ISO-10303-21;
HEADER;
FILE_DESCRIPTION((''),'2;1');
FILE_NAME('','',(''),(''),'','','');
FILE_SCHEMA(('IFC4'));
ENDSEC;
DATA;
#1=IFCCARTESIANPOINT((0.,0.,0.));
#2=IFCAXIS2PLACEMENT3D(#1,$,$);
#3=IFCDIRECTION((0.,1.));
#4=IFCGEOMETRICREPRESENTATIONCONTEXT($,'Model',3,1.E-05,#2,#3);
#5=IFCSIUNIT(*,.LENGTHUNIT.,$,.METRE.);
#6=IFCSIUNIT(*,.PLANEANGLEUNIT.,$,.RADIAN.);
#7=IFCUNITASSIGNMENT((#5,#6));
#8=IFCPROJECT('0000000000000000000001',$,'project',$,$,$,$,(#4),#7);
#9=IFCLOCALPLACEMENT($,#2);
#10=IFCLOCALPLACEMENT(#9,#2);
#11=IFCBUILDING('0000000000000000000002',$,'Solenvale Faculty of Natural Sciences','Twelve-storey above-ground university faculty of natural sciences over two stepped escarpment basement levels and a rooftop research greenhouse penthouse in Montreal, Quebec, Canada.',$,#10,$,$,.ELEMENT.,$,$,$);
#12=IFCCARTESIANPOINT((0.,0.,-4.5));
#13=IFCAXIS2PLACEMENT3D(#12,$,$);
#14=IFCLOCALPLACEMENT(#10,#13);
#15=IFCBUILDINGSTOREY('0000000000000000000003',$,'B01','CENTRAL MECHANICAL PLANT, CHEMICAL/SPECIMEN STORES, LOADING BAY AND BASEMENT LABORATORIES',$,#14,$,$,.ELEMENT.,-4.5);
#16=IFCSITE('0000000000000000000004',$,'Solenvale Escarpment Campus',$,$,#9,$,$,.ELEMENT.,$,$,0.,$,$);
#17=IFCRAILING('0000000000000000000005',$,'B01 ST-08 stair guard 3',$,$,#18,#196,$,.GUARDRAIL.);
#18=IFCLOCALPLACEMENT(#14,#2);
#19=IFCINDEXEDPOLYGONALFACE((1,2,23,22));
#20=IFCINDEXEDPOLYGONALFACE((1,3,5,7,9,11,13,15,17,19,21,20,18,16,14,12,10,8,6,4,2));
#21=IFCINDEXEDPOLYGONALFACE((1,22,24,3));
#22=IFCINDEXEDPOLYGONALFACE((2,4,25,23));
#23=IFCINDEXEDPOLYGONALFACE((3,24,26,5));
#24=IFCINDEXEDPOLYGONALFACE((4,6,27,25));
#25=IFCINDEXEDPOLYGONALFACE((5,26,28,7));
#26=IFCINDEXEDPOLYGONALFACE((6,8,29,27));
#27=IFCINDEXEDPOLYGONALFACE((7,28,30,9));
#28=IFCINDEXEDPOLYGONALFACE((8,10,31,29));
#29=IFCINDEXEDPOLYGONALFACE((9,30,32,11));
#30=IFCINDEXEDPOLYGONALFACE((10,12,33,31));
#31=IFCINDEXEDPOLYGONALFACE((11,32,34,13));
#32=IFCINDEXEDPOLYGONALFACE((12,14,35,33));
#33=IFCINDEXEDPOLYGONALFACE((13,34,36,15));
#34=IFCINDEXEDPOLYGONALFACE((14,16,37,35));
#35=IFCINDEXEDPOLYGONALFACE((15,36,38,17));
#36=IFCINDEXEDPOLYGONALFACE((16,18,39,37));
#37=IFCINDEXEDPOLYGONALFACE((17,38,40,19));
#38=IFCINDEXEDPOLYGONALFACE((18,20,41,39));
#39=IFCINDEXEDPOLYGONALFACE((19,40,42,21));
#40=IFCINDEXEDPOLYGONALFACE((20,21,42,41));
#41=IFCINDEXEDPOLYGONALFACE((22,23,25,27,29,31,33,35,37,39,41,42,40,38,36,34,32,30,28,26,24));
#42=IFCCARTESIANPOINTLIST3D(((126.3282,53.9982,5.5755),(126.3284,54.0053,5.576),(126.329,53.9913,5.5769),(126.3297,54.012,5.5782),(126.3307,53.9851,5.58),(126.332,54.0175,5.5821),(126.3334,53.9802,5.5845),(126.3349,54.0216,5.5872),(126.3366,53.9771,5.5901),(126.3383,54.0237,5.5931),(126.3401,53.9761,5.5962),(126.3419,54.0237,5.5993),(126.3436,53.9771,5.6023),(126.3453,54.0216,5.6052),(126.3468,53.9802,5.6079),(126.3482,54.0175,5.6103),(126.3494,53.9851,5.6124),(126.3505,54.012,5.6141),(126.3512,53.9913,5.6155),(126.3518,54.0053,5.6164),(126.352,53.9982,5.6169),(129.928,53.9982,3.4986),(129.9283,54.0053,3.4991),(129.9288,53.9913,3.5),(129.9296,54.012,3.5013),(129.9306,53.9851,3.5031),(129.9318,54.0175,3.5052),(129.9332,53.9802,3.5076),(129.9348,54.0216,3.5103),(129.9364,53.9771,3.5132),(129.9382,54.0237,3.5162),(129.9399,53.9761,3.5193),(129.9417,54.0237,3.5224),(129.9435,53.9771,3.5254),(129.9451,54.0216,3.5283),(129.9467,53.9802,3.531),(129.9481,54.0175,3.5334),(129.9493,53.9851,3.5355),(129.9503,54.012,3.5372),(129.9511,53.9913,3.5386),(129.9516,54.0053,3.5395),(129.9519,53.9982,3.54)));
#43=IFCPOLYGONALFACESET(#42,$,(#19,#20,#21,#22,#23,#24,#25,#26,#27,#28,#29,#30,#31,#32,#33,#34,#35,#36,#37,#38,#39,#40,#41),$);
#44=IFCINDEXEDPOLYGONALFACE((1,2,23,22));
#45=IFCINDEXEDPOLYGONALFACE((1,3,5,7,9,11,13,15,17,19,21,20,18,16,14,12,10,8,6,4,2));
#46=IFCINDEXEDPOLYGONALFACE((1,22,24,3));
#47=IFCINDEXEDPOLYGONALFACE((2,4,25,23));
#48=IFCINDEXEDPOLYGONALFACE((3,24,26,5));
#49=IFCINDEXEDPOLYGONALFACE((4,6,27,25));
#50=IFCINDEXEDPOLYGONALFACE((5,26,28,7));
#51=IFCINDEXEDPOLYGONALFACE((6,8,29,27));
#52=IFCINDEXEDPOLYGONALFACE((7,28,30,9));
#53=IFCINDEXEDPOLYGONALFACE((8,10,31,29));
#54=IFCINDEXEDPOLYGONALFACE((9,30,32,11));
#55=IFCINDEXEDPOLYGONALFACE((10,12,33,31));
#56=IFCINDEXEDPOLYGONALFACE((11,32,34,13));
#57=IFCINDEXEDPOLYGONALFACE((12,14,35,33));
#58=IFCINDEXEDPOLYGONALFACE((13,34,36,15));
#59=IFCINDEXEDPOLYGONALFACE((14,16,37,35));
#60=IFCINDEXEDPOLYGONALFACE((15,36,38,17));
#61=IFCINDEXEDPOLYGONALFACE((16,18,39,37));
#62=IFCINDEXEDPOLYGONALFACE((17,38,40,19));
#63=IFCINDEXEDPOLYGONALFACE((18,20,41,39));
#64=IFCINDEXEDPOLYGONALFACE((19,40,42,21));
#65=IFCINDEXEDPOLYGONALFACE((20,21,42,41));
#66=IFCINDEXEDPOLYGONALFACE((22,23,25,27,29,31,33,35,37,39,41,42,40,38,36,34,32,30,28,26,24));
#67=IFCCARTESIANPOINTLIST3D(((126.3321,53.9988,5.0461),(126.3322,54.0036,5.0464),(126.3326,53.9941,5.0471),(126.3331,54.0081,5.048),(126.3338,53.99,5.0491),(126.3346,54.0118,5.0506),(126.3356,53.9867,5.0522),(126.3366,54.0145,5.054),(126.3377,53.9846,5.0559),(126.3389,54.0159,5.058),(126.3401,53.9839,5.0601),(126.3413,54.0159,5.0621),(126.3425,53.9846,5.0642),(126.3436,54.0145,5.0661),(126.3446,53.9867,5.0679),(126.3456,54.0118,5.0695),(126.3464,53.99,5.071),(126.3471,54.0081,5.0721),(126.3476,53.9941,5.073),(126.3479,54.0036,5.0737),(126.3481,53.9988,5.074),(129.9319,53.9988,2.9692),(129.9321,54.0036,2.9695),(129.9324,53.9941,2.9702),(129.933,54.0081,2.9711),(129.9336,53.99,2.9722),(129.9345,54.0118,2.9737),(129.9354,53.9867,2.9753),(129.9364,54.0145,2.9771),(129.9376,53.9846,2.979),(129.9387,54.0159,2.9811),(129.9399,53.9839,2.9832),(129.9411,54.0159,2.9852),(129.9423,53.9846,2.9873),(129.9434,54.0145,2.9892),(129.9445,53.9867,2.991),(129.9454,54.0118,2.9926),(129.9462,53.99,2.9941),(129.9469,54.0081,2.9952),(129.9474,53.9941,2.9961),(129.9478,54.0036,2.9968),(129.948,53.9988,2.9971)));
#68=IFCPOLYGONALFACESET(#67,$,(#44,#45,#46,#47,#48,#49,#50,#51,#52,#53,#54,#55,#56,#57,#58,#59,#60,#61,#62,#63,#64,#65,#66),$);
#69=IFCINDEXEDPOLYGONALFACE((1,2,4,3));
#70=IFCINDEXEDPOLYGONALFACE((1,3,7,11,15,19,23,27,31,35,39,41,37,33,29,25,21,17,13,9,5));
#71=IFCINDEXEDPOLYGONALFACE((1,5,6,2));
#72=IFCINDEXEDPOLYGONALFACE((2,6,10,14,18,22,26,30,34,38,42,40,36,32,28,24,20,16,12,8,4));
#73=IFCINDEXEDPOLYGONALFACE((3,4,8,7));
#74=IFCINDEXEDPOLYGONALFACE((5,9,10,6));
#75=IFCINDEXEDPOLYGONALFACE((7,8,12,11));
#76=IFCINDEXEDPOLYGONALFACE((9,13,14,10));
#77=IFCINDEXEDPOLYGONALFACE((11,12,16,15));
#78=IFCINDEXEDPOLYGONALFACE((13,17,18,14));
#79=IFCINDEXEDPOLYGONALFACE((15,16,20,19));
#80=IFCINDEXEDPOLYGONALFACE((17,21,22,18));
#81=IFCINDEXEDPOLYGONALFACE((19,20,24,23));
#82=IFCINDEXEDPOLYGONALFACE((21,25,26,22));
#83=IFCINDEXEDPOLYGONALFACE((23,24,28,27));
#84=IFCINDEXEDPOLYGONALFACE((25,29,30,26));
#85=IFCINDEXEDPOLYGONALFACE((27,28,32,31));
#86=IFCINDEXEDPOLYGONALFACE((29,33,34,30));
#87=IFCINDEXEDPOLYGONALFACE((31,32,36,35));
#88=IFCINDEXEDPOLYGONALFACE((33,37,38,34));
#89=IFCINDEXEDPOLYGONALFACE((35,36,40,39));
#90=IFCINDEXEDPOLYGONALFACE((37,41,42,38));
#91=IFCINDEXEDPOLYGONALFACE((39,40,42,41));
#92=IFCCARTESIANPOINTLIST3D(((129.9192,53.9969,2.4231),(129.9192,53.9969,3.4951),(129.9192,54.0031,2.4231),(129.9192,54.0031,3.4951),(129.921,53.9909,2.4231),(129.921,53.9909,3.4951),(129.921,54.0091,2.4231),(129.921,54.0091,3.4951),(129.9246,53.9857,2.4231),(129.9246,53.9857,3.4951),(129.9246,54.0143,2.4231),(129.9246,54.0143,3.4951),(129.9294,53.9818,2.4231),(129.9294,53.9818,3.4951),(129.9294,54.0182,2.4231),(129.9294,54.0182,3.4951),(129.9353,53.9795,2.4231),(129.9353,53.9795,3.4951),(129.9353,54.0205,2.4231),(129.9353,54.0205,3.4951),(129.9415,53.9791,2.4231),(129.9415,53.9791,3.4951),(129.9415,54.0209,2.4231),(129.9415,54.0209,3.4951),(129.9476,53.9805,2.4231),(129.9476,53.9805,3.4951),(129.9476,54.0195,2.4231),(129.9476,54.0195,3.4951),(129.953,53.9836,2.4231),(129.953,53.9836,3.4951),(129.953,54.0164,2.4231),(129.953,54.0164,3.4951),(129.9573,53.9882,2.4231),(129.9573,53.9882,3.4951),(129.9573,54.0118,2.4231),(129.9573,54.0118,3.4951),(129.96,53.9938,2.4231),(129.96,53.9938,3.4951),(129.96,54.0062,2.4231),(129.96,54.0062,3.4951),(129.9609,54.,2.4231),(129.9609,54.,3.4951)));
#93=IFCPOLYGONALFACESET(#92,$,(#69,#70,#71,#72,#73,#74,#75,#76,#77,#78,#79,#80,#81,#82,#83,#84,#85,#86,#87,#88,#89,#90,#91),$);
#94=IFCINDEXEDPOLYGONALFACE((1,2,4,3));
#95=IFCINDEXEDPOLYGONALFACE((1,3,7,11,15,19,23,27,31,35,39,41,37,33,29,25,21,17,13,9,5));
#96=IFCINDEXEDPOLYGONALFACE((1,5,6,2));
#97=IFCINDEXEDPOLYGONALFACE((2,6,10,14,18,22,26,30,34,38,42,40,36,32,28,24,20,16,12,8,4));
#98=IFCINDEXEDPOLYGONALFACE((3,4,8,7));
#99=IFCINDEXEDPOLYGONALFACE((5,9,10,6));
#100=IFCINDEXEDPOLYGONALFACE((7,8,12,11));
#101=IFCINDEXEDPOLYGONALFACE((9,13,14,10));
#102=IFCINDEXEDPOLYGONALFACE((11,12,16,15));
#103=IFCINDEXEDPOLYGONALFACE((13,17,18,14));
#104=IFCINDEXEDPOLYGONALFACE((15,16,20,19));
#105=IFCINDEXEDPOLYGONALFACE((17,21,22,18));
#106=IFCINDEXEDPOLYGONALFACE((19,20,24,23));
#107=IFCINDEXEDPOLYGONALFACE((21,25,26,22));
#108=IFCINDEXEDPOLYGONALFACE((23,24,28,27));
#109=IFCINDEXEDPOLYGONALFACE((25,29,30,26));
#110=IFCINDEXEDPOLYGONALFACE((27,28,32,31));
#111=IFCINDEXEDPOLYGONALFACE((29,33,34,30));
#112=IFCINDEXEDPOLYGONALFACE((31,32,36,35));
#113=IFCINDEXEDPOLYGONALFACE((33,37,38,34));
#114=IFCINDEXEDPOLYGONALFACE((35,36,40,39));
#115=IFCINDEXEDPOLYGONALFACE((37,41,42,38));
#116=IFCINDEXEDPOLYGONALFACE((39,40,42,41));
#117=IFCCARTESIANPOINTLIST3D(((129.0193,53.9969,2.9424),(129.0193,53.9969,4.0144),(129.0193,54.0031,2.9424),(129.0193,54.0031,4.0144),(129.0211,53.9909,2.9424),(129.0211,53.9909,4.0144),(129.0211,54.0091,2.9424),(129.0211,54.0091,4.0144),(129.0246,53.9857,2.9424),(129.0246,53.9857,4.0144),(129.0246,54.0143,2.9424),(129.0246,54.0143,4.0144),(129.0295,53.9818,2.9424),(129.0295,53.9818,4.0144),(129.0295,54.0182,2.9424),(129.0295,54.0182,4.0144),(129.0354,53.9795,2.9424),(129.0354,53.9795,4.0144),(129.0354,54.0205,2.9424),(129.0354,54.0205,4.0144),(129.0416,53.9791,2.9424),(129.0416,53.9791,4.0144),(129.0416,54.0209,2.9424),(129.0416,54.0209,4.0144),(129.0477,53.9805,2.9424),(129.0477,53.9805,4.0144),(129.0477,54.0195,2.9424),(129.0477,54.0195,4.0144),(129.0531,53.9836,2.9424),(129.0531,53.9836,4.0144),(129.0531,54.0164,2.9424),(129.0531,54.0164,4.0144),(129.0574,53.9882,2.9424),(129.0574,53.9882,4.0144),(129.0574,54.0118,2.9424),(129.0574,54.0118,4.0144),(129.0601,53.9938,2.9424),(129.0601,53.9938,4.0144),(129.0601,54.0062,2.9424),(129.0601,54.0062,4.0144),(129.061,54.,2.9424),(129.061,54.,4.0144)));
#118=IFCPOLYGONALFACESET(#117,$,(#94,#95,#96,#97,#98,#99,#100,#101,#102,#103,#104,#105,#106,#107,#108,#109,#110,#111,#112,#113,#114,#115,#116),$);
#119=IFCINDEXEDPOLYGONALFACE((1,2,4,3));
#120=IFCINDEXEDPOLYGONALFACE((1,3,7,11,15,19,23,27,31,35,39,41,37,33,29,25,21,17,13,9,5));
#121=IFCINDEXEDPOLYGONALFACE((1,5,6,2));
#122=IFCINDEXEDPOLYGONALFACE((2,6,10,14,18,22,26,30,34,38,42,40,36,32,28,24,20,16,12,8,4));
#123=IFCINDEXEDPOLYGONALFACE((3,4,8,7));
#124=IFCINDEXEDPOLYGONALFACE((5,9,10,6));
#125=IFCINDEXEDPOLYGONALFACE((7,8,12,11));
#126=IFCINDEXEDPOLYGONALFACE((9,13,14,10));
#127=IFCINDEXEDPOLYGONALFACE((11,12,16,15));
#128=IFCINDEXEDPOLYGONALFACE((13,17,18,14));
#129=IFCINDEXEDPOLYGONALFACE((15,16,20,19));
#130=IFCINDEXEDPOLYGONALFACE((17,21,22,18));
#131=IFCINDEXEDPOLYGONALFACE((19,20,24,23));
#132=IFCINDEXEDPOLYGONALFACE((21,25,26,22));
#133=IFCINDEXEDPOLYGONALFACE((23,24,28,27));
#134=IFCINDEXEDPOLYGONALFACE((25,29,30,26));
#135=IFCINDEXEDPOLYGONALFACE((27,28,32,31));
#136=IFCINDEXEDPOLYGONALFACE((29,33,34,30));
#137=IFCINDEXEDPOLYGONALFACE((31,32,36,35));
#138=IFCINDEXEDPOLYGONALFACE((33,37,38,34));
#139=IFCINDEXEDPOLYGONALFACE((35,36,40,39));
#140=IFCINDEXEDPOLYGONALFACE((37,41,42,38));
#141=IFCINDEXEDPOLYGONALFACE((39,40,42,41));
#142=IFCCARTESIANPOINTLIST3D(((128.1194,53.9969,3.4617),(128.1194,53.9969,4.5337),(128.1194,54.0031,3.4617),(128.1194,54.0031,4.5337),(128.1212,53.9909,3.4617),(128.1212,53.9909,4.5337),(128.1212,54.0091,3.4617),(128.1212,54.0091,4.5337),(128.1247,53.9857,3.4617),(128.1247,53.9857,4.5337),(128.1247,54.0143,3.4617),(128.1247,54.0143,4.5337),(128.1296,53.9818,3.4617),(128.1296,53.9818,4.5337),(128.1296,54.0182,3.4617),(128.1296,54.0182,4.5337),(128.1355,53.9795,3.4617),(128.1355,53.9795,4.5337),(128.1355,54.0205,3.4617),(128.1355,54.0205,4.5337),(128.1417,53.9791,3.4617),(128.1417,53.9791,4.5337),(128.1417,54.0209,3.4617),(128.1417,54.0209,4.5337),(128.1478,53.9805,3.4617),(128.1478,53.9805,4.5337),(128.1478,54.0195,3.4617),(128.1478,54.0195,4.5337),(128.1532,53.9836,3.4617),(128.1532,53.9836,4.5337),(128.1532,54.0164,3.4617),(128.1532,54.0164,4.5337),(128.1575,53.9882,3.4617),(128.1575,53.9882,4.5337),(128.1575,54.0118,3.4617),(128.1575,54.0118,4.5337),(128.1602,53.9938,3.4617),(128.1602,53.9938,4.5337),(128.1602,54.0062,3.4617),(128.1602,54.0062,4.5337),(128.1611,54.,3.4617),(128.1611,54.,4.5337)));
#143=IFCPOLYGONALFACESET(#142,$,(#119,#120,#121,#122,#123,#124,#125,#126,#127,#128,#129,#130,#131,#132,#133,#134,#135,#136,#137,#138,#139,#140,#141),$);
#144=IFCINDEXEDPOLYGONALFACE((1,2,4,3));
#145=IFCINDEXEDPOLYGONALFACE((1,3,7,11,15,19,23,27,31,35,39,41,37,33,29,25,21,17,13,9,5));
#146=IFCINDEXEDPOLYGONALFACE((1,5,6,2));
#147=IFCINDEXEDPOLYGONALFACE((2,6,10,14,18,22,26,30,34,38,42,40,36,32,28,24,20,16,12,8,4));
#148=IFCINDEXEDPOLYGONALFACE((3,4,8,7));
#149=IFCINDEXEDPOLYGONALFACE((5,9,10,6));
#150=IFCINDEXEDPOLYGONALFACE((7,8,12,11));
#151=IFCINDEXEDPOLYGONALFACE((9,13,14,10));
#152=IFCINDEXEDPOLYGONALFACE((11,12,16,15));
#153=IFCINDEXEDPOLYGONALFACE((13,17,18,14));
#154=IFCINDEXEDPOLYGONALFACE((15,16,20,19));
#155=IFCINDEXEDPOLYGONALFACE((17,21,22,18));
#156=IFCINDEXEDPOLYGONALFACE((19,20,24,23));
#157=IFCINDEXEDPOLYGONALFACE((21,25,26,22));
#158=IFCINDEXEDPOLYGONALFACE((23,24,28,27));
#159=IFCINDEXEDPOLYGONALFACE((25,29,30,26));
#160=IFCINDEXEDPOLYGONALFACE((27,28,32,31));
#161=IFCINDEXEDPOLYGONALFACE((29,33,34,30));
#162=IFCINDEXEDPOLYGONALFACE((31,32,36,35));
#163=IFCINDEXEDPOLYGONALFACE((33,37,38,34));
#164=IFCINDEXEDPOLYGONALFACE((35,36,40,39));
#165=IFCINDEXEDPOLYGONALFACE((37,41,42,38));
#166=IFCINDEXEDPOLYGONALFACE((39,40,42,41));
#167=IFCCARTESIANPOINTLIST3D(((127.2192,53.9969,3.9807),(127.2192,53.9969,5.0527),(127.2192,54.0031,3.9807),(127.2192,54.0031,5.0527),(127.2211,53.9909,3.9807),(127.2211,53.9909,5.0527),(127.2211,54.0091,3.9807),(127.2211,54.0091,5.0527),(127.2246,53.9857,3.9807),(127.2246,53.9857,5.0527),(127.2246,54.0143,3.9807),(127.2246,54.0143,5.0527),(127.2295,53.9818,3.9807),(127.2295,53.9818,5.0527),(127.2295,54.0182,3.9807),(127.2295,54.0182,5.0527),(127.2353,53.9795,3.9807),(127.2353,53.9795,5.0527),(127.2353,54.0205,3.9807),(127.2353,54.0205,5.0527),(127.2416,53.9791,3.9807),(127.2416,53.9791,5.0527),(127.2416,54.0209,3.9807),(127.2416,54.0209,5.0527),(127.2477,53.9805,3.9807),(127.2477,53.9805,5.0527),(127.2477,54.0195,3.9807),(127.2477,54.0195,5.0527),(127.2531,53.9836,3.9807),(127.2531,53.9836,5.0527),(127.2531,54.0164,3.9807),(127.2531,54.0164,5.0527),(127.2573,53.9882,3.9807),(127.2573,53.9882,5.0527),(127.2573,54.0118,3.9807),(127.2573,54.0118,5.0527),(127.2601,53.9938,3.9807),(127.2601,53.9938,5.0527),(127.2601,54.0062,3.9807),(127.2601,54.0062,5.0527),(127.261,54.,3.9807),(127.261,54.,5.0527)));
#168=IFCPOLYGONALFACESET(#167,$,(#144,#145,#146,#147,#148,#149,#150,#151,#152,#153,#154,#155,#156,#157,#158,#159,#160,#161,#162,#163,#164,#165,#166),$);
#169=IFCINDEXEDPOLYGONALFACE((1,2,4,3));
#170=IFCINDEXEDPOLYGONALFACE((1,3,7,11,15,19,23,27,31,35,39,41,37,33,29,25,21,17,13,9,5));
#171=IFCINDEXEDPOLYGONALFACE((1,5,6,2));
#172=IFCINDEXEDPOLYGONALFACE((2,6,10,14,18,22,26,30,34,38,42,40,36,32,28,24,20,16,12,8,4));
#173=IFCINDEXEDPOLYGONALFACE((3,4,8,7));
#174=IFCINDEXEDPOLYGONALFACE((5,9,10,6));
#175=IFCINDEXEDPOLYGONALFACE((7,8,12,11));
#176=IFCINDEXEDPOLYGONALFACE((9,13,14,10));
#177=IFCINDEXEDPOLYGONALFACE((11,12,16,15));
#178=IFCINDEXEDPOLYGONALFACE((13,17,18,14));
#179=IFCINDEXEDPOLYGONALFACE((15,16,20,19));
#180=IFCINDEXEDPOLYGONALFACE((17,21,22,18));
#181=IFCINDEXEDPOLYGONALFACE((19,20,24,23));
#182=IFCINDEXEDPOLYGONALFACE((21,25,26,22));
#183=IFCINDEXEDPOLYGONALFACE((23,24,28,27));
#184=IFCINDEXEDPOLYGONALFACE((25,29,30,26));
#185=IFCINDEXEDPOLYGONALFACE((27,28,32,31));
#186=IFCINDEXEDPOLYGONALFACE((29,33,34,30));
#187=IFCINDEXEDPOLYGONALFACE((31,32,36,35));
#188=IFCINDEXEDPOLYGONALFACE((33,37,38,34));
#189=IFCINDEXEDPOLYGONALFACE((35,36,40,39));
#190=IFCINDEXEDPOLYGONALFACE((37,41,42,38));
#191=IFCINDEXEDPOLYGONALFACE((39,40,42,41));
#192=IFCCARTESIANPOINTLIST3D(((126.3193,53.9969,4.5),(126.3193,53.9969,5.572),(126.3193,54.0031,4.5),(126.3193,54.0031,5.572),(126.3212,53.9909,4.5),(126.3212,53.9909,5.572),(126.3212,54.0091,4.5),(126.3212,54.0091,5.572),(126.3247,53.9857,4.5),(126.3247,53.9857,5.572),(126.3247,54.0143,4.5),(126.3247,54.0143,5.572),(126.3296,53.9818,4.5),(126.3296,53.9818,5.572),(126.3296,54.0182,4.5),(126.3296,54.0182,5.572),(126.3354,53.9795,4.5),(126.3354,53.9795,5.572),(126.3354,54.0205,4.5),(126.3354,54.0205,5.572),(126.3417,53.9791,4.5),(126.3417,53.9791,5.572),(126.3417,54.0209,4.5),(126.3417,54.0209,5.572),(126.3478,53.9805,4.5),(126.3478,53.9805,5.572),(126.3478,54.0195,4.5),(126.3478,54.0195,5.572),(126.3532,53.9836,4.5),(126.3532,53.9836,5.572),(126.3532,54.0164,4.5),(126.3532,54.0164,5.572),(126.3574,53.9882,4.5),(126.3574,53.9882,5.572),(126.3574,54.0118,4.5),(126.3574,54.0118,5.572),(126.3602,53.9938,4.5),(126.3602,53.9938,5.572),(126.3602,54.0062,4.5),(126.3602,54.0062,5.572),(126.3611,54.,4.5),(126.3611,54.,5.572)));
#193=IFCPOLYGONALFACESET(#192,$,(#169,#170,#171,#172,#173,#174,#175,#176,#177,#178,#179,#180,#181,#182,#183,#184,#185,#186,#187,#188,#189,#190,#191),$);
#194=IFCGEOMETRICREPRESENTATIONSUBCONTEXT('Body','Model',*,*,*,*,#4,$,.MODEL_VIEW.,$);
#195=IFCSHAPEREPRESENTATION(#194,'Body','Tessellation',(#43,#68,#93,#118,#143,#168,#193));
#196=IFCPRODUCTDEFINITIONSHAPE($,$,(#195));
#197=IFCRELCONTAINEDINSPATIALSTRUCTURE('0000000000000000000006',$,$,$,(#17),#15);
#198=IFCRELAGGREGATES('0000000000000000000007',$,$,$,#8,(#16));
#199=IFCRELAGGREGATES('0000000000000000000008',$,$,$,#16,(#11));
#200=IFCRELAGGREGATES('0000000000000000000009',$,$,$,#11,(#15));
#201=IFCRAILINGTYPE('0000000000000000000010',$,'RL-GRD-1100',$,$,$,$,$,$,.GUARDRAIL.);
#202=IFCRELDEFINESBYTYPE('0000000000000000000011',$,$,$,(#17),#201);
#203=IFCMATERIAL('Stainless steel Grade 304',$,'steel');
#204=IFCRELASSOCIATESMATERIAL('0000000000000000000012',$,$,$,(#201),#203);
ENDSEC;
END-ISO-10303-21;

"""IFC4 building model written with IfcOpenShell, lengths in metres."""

from ifc_helpers import new_model, si_unit, direction, frame, origin, origin_2d, place, context, subcontext, project, spatial, circle, extrude, material, type_object, element, save


model = new_model("IFC4")

# Units and contexts
model_context = context("Model", 3, precision=1e-05, world=origin(), true_north=direction((0.0, 1.0)))
body_context = subcontext(model_context, "Body", "Model", "MODEL_VIEW")
ifc_project = project(units=[si_unit("LENGTHUNIT", "METRE"), si_unit("PLANEANGLEUNIT", "RADIAN")], contexts=[model_context])

# Site, building, storey
site_placement = place(None, origin())
site = spatial("IfcSite", under=ifc_project, at=site_placement, Name="Solenvale Escarpment Campus", CompositionType="ELEMENT", RefElevation=0.0)
building_placement = place(site_placement, origin())
building = spatial("IfcBuilding", under=site, at=building_placement, Name="Solenvale Faculty of Natural Sciences", Description="Twelve-storey above-ground university faculty of natural sciences over two stepped escarpment basement levels and a rooftop research greenhouse penthouse in Montreal, Quebec, Canada.", CompositionType="ELEMENT")
storey_placement = place(building_placement, frame((0.0, 0.0, -4.5)))
storey = spatial("IfcBuildingStorey", under=building, at=storey_placement, Name="B01", Description="CENTRAL MECHANICAL PLANT, CHEMICAL/SPECIMEN STORES, LOADING BAY AND BASEMENT LABORATORIES", CompositionType="ELEMENT", Elevation=-4.5)

# Railing
ifc_material_1 = material(Name="Stainless steel Grade 304", Category="steel")
railing_type_1 = type_object("IfcRailingType", Name="RL-GRD-1100", PredefinedType="GUARDRAIL", material=ifc_material_1)
railing_1_placement = place(storey_placement, frame((129.9399, 54.0, 2.4231)))
element("IfcRailing", 1, at=railing_1_placement, inside=storey, type_object=railing_type_1, Name="B01 ST-08 stair guard 3", PredefinedType="GUARDRAIL", context=body_context, shape_type="SweptSolid", body=[
    extrude(circle(Radius=0.0239, at=origin_2d()), frame((0.0, 0.0, 1.0962), z_axis=(-0.866179, 0.0, 0.499734), x_axis=(0.0, -1.0, 0.0)), (0.0, 0.0, 1.0), 4.156),
    extrude(circle(Radius=0.0161, at=origin_2d()), frame((0.0, 0.0, 0.5601), z_axis=(-0.866179, 0.0, 0.499734), x_axis=(0.0, -1.0, 0.0)), (0.0, 0.0, 1.0), 4.156),
    extrude(circle(Radius=0.021, at=origin_2d()), origin(), (0.0, 0.0, 1.0), 1.072),
    extrude(circle(Radius=0.021, at=origin_2d()), frame((-0.8999, 0.0, 0.5193)), (0.0, 0.0, 1.0), 1.072),
    extrude(circle(Radius=0.021, at=origin_2d()), frame((-1.7998, 0.0, 1.0386)), (0.0, 0.0, 1.0), 1.072),
    extrude(circle(Radius=0.021, at=origin_2d()), frame((-2.7, 0.0, 1.5576)), (0.0, 0.0, 1.0), 1.072),
    extrude(circle(Radius=0.021, at=origin_2d()), frame((-3.5999, 0.0, 2.0769)), (0.0, 0.0, 1.0), 1.072),
])

save(model, "model.ifc")
